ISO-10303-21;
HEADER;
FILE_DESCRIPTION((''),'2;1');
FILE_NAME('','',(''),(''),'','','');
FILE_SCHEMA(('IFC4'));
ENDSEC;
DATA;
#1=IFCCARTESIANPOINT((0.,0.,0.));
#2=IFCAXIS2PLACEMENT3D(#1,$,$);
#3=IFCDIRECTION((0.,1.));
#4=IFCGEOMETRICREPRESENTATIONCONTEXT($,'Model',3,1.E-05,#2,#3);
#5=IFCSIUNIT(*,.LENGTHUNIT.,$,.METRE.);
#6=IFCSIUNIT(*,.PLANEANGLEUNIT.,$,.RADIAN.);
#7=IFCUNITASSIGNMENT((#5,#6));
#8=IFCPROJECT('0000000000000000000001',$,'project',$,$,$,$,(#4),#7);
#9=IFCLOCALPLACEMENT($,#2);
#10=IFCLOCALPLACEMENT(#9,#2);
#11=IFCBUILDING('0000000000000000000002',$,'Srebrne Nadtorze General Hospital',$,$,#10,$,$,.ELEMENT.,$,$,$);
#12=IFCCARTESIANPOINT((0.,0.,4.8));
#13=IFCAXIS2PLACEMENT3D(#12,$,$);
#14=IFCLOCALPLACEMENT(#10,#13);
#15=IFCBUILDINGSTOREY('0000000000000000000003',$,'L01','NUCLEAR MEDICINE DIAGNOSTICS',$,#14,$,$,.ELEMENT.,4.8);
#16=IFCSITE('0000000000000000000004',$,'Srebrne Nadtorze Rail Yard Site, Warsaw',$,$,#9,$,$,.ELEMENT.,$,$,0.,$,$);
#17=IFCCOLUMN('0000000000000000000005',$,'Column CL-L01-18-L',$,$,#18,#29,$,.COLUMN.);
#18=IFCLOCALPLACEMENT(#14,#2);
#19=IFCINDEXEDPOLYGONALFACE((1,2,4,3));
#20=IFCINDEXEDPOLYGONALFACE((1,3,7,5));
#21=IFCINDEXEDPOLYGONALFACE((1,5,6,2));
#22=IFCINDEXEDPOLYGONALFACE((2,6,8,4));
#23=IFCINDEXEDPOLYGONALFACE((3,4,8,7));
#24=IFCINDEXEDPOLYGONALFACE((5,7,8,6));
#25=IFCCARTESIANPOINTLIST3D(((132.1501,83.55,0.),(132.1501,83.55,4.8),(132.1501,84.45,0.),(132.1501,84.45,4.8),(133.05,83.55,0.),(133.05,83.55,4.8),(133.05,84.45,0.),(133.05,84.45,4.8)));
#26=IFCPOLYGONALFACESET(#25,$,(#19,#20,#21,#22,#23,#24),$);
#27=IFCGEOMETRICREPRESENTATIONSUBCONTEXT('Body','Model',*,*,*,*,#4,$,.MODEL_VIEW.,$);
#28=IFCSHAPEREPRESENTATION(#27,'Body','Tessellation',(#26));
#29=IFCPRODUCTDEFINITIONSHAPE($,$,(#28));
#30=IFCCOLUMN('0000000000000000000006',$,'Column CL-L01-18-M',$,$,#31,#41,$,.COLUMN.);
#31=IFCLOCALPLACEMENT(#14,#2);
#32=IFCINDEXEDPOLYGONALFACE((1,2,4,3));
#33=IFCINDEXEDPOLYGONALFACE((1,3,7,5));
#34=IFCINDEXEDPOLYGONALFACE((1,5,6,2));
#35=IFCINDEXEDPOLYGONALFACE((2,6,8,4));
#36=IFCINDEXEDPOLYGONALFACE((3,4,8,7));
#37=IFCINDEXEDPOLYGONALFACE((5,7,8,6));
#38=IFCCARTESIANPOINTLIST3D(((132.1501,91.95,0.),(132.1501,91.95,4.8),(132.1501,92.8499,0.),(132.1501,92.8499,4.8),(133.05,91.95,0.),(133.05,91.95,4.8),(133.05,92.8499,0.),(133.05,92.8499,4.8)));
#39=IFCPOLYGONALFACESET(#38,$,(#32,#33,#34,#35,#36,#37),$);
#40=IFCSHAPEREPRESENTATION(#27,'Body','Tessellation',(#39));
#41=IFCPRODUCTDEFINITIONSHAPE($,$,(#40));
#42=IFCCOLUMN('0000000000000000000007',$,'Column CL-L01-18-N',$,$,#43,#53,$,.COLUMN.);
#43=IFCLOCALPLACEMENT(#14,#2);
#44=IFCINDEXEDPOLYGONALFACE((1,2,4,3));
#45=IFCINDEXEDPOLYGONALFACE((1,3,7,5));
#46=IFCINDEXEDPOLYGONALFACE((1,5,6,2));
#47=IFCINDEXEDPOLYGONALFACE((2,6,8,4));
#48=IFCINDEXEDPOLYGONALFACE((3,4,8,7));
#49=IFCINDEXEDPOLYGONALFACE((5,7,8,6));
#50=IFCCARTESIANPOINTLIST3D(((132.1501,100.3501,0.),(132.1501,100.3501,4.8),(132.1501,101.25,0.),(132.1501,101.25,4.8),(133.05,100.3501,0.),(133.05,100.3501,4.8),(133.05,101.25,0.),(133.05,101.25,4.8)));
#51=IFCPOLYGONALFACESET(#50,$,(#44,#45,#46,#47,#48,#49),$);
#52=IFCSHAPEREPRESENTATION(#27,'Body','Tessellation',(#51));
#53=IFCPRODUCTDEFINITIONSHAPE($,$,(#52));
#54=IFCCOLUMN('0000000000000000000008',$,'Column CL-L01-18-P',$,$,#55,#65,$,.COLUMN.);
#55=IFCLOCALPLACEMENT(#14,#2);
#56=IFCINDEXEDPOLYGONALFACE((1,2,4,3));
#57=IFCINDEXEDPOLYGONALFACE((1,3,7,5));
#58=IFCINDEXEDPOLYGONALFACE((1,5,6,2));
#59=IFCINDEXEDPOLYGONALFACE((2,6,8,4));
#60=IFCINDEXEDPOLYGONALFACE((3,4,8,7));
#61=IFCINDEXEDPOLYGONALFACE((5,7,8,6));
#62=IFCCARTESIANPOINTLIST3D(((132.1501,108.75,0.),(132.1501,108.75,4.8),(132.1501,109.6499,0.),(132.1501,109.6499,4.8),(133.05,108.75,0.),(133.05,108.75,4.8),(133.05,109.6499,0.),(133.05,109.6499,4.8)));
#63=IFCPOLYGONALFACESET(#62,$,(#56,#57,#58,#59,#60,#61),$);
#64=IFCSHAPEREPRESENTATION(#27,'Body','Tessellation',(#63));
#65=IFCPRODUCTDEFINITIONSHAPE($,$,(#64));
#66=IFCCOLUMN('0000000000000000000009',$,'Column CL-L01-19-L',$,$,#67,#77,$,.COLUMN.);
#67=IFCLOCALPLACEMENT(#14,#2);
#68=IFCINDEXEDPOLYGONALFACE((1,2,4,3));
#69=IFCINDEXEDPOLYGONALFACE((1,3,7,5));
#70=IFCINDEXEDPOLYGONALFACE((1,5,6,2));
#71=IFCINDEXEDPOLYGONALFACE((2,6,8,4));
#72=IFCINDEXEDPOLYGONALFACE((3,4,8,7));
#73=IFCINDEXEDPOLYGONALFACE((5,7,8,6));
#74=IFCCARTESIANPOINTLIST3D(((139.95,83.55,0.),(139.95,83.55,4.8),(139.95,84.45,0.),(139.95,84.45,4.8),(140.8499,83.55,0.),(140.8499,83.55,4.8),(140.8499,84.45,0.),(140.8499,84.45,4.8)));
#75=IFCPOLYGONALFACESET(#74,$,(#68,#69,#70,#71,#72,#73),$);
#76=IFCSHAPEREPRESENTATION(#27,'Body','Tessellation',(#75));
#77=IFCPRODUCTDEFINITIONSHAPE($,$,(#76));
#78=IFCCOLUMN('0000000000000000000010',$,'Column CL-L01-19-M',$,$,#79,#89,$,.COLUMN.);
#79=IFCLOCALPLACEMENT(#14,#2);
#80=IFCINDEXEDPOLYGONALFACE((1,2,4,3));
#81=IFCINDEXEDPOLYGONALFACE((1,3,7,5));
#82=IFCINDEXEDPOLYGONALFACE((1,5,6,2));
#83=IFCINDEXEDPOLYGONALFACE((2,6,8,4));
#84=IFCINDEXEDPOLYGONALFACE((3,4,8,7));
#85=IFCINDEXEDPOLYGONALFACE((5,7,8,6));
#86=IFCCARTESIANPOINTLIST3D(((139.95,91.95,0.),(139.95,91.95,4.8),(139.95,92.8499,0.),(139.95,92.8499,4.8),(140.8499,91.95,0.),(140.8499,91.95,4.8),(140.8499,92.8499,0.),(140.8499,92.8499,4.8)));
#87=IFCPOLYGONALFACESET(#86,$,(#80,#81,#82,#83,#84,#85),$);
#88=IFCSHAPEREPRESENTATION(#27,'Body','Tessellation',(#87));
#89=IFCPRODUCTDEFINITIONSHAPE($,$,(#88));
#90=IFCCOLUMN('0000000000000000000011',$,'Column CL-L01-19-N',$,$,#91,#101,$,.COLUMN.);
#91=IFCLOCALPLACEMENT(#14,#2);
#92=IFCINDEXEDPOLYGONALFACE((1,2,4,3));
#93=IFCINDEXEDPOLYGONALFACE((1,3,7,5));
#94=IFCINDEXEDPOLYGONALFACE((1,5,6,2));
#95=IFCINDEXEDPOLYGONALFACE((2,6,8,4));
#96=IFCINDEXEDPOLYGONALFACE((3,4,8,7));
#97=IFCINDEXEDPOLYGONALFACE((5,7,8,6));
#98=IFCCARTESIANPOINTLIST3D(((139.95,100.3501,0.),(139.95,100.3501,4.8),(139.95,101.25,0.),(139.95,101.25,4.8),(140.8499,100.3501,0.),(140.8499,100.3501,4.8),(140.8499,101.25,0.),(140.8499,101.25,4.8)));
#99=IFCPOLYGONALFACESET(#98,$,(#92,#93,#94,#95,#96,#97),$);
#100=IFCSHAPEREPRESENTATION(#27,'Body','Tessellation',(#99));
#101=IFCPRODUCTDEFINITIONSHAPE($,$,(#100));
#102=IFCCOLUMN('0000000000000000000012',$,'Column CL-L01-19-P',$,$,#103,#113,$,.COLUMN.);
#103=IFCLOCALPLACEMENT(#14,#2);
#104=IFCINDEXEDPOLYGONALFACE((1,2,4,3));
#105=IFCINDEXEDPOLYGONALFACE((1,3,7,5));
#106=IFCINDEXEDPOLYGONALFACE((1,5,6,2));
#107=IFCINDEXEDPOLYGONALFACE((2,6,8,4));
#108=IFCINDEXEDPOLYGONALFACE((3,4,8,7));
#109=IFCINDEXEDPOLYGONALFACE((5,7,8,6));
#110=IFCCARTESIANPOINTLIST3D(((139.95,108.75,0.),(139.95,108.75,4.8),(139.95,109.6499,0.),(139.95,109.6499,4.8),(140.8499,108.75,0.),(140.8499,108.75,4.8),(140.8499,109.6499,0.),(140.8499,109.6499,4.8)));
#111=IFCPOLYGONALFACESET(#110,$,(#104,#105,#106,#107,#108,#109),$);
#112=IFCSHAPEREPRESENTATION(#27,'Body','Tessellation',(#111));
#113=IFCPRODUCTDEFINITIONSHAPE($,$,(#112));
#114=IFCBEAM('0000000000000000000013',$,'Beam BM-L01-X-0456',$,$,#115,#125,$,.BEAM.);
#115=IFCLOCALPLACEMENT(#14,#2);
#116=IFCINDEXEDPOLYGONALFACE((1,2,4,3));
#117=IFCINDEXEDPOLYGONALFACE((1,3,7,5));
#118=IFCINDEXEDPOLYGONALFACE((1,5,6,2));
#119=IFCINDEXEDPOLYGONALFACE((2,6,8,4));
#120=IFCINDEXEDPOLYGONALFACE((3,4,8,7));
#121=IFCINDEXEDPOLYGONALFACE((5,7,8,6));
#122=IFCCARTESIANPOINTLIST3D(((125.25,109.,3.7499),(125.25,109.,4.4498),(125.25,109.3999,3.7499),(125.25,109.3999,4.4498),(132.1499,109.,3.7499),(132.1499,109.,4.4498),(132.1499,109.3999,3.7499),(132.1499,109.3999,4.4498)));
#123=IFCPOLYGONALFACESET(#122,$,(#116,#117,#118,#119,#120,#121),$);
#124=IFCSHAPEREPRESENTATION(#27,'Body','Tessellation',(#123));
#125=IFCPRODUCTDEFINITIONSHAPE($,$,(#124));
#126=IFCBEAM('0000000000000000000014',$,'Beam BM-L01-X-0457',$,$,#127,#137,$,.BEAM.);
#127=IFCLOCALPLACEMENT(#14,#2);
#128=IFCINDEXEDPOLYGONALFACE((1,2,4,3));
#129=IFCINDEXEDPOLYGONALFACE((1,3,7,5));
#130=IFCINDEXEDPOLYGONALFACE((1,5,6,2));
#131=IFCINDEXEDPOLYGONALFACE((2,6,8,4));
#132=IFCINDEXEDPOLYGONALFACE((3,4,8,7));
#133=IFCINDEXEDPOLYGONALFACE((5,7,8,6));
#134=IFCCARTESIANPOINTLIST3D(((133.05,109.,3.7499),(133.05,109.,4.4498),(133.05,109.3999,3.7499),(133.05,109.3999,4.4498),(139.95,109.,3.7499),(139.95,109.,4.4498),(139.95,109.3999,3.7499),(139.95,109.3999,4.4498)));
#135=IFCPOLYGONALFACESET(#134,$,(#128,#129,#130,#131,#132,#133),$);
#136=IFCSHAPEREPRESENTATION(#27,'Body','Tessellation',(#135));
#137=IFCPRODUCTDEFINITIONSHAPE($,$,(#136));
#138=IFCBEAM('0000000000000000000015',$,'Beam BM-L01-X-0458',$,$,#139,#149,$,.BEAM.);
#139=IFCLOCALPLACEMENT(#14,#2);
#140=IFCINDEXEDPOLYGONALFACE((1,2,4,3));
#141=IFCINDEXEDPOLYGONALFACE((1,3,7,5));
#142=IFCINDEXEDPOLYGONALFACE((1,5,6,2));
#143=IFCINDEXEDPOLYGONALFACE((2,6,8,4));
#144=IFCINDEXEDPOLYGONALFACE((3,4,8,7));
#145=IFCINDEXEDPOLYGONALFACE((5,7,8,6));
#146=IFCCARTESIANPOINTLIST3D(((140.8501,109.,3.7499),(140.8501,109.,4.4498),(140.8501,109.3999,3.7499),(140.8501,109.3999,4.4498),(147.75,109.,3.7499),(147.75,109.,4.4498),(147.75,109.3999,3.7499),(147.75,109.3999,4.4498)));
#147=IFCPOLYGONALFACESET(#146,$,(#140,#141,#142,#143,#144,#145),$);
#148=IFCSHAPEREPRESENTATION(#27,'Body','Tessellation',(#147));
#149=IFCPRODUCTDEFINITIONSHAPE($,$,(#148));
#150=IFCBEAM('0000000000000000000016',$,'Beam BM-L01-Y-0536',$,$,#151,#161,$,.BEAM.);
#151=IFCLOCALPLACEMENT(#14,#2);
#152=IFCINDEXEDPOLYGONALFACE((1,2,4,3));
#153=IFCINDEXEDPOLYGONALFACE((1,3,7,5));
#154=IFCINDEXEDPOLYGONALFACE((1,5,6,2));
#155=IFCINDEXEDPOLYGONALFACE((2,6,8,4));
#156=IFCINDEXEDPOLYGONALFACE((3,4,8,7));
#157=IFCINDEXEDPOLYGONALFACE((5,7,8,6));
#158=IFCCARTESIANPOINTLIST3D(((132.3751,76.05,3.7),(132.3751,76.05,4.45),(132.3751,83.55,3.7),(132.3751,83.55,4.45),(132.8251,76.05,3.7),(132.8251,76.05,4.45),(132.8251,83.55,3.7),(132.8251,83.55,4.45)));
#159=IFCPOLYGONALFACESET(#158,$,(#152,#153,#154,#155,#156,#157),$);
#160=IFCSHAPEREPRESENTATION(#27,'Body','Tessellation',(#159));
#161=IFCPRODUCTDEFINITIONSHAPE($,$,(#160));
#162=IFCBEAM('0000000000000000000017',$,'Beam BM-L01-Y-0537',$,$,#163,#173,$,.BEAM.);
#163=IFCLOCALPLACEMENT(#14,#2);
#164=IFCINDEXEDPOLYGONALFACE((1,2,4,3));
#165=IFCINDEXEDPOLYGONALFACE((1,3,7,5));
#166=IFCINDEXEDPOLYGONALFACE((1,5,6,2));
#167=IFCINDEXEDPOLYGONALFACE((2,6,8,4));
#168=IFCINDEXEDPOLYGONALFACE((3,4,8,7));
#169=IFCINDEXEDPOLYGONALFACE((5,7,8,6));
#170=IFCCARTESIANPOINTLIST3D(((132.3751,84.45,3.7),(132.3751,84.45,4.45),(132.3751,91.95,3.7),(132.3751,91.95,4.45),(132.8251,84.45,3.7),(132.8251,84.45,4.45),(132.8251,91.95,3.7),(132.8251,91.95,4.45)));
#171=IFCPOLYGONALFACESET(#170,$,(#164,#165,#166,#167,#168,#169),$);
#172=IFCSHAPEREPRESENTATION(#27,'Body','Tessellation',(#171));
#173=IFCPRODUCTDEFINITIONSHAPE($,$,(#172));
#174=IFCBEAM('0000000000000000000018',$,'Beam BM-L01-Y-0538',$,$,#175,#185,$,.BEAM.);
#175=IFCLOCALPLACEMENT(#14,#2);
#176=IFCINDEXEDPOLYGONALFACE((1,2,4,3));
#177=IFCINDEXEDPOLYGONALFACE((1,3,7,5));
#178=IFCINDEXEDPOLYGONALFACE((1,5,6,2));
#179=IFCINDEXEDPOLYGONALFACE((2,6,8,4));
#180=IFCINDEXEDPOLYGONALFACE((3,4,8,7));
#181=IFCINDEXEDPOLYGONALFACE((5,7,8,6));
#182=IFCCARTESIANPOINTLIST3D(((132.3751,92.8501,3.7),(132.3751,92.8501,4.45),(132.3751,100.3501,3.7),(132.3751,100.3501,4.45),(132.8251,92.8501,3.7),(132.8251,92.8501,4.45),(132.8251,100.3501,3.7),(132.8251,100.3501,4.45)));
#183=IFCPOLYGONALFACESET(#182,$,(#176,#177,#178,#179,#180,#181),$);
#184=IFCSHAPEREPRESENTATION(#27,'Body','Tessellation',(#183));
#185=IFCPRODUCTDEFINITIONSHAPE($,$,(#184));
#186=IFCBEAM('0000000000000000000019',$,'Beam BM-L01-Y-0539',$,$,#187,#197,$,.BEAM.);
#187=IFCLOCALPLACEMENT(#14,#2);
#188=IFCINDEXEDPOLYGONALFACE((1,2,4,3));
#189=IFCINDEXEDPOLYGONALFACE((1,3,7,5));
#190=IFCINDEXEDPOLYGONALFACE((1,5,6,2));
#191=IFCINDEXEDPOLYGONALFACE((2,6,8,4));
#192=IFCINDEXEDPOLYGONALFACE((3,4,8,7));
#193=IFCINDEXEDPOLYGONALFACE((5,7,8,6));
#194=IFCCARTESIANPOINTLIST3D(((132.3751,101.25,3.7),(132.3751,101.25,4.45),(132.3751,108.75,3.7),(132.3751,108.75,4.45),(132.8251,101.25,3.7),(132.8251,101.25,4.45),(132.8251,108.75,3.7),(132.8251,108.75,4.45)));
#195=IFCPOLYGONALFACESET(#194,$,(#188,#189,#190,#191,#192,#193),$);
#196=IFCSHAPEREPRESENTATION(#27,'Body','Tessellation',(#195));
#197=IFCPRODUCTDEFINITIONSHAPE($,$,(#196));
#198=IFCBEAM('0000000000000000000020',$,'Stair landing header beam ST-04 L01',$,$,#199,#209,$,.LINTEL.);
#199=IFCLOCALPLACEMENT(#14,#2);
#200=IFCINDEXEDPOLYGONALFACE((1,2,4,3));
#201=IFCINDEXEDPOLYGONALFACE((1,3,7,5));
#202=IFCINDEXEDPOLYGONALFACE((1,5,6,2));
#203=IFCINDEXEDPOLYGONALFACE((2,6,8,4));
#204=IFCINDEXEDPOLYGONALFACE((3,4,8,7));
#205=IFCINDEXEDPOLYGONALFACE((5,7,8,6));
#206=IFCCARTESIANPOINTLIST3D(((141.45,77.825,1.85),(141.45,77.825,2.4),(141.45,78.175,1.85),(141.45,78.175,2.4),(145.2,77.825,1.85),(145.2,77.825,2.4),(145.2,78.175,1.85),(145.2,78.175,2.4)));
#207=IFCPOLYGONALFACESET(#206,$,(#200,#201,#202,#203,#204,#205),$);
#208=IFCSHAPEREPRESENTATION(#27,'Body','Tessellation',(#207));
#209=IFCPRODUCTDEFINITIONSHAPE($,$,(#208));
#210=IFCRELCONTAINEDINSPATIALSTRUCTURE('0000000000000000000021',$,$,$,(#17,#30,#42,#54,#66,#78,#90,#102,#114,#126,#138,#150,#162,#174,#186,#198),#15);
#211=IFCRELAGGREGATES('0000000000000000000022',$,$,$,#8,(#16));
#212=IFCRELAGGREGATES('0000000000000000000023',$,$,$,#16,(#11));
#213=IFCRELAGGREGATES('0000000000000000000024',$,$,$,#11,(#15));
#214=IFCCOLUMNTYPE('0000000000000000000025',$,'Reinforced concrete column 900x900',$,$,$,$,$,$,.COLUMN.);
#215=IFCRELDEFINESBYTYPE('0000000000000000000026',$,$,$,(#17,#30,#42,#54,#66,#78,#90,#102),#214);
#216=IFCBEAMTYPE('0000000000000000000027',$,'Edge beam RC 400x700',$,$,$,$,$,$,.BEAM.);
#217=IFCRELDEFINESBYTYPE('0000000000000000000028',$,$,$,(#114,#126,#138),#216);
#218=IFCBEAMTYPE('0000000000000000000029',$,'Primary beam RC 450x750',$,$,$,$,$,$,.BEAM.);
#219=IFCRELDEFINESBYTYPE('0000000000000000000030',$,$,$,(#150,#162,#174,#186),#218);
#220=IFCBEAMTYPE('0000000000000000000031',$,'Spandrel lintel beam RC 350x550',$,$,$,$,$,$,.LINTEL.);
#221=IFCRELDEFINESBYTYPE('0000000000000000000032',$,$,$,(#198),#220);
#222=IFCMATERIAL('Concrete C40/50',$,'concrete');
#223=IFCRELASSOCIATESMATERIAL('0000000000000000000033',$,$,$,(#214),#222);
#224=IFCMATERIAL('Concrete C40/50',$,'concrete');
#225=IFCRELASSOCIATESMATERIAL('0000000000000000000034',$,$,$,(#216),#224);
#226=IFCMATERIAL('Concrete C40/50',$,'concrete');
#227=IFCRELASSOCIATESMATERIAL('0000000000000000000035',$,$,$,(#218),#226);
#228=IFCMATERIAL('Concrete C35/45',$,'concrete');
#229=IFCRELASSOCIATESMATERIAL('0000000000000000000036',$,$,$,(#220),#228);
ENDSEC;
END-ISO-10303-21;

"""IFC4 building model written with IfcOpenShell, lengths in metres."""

from ifc_helpers import new_model, si_unit, direction, frame, origin, origin_2d, place, context, subcontext, project, spatial, rectangle, extrude, material, material_profile, profile_set, type_object, element, save


model = new_model("IFC4")

# Units and contexts
model_context = context("Model", 3, precision=1e-05, world=origin(), true_north=direction((0.0, 1.0)))
body_context = subcontext(model_context, "Body", "Model", "MODEL_VIEW")
ifc_project = project(units=[si_unit("LENGTHUNIT", "METRE"), si_unit("PLANEANGLEUNIT", "RADIAN")], contexts=[model_context])

# Site, building, storey
site_placement = place(None, origin())
site = spatial("IfcSite", under=ifc_project, at=site_placement, Name="Srebrne Nadtorze Rail Yard Site, Warsaw", CompositionType="ELEMENT", RefElevation=0.0)
building_placement = place(site_placement, origin())
building = spatial("IfcBuilding", under=site, at=building_placement, Name="Srebrne Nadtorze General Hospital", CompositionType="ELEMENT")
storey_placement = place(building_placement, frame((0.0, 0.0, 4.8)))
storey = spatial("IfcBuildingStorey", under=building, at=storey_placement, Name="L01", Description="NUCLEAR MEDICINE DIAGNOSTICS", CompositionType="ELEMENT", Elevation=4.8)

# Columns
ifc_material_1 = material(Name="Concrete C40/50", Category="concrete")
ifc_material_profile_1 = material_profile(ifc_material_1, rectangle(XDim=0.8999, YDim=0.8999, at=origin_2d()), Name="RC-COL-900x900")
ifc_profile_set_1 = profile_set([ifc_material_profile_1], Name="Concrete C40/50")
column_type = type_object("IfcColumnType", Name="Reinforced concrete column 900x900", PredefinedType="COLUMN", material=ifc_profile_set_1)
for number, where, z_axis, x_axis, name in (
    (1, (132.6001, 84.0, 0.0), (0.0, 0.0, 1.0), (1.0, 0.0, 0.0), "Column CL-L01-18-L"),
    (2, (132.6001, 92.3999, 0.0), (0.0, 0.0, 1.0), (1.0, 0.0, 0.0), "Column CL-L01-18-M"),
    (3, (132.6001, 100.8, 0.0), (0.0, 0.0, 1.0), (1.0, 0.0, 0.0), "Column CL-L01-18-N"),
    (4, (132.6001, 109.2, 0.0), (0.0, 0.0, 1.0), (1.0, 0.0, 0.0), "Column CL-L01-18-P"),
    (5, (140.3999, 84.0, 0.0), (0.0, 0.0, 1.0), (1.0, 0.0, 0.0), "Column CL-L01-19-L"),
    (6, (140.3999, 92.3999, 0.0), (0.0, 0.0, 1.0), (1.0, 0.0, 0.0), "Column CL-L01-19-M"),
    (7, (140.3999, 100.8, 0.0), (0.0, 0.0, 1.0), (1.0, 0.0, 0.0), "Column CL-L01-19-N"),
    (8, (140.3999, 109.2, 0.0), (0.0, 0.0, 1.0), (1.0, 0.0, 0.0), "Column CL-L01-19-P"),
):
    element("IfcColumn", number, at=place(storey_placement, frame(where, z_axis=z_axis, x_axis=x_axis)), inside=storey, type_object=column_type, Name=name, PredefinedType="COLUMN", context=body_context, shape_type="SweptSolid", body=[
        extrude(rectangle(XDim=0.8999, YDim=0.8999, at=origin_2d()), origin(), (0.0, 0.0, 1.0), 4.8),
    ])

# Beams
ifc_material_2 = material(Name="Concrete C40/50", Category="concrete")
ifc_material_profile_2 = material_profile(ifc_material_2, rectangle(XDim=0.3999, YDim=0.7, at=origin_2d()), Name="RC-BM-400x700")
ifc_profile_set_2 = profile_set([ifc_material_profile_2], Name="Concrete C40/50")
beam_type_1 = type_object("IfcBeamType", Name="Edge beam RC 400x700", PredefinedType="BEAM", material=ifc_profile_set_2)
for number, where, z_axis, x_axis, name in (
    (9, (125.25, 109.2, 4.0999), (1.0, 0.0, 0.0), (0.0, 1.0, 0.0), "Beam BM-L01-X-0456"),
    (10, (133.05, 109.2, 4.0999), (1.0, 0.0, 0.0), (0.0, 1.0, 0.0), "Beam BM-L01-X-0457"),
    (11, (140.8501, 109.2, 4.0999), (1.0, 0.0, 0.0), (0.0, 1.0, 0.0), "Beam BM-L01-X-0458"),
):
    element("IfcBeam", number, at=place(storey_placement, frame(where, z_axis=z_axis, x_axis=x_axis)), inside=storey, type_object=beam_type_1, Name=name, PredefinedType="BEAM", context=body_context, shape_type="SweptSolid", body=[
        extrude(rectangle(XDim=0.3999, YDim=0.7, at=origin_2d()), origin(), (0.0, 0.0, 1.0), 6.8999),
    ])
ifc_material_3 = material(Name="Concrete C40/50", Category="concrete")
ifc_material_profile_3 = material_profile(ifc_material_3, rectangle(XDim=0.45, YDim=0.75, at=origin_2d()), Name="RC-BM-450x750")
ifc_profile_set_3 = profile_set([ifc_material_profile_3], Name="Concrete C40/50")
beam_type_2 = type_object("IfcBeamType", Name="Primary beam RC 450x750", PredefinedType="BEAM", material=ifc_profile_set_3)
for number, where, z_axis, x_axis, name in (
    (12, (132.6001, 76.05, 4.075), (0.0, 1.0, 0.0), (-1.0, 0.0, 0.0), "Beam BM-L01-Y-0536"),
    (13, (132.6001, 84.45, 4.075), (0.0, 1.0, 0.0), (-1.0, 0.0, 0.0), "Beam BM-L01-Y-0537"),
    (14, (132.6001, 92.8501, 4.075), (0.0, 1.0, 0.0), (-1.0, 0.0, 0.0), "Beam BM-L01-Y-0538"),
    (15, (132.6001, 101.25, 4.075), (0.0, 1.0, 0.0), (-1.0, 0.0, 0.0), "Beam BM-L01-Y-0539"),
):
    element("IfcBeam", number, at=place(storey_placement, frame(where, z_axis=z_axis, x_axis=x_axis)), inside=storey, type_object=beam_type_2, Name=name, PredefinedType="BEAM", context=body_context, shape_type="SweptSolid", body=[
        extrude(rectangle(XDim=0.45, YDim=0.75, at=origin_2d()), origin(), (0.0, 0.0, 1.0), 7.5),
    ])
ifc_material_4 = material(Name="Concrete C35/45", Category="concrete")
ifc_material_profile_4 = material_profile(ifc_material_4, rectangle(XDim=0.3501, YDim=0.55, at=origin_2d()), Name="RC-BM-350x550")
ifc_profile_set_4 = profile_set([ifc_material_profile_4], Name="Concrete C35/45")
beam_type_3 = type_object("IfcBeamType", Name="Spandrel lintel beam RC 350x550", PredefinedType="LINTEL", material=ifc_profile_set_4)
beam_placement = place(storey_placement, frame((141.45, 78.0, 2.125), z_axis=(1.0, 0.0, 0.0), x_axis=(0.0, 1.0, 0.0)))
element("IfcBeam", 16, at=beam_placement, inside=storey, type_object=beam_type_3, Name="Stair landing header beam ST-04 L01", PredefinedType="LINTEL", context=body_context, shape_type="SweptSolid", body=[
    extrude(rectangle(XDim=0.3501, YDim=0.55, at=origin_2d()), origin(), (0.0, 0.0, 1.0), 3.75),
])

save(model, "model.ifc")
